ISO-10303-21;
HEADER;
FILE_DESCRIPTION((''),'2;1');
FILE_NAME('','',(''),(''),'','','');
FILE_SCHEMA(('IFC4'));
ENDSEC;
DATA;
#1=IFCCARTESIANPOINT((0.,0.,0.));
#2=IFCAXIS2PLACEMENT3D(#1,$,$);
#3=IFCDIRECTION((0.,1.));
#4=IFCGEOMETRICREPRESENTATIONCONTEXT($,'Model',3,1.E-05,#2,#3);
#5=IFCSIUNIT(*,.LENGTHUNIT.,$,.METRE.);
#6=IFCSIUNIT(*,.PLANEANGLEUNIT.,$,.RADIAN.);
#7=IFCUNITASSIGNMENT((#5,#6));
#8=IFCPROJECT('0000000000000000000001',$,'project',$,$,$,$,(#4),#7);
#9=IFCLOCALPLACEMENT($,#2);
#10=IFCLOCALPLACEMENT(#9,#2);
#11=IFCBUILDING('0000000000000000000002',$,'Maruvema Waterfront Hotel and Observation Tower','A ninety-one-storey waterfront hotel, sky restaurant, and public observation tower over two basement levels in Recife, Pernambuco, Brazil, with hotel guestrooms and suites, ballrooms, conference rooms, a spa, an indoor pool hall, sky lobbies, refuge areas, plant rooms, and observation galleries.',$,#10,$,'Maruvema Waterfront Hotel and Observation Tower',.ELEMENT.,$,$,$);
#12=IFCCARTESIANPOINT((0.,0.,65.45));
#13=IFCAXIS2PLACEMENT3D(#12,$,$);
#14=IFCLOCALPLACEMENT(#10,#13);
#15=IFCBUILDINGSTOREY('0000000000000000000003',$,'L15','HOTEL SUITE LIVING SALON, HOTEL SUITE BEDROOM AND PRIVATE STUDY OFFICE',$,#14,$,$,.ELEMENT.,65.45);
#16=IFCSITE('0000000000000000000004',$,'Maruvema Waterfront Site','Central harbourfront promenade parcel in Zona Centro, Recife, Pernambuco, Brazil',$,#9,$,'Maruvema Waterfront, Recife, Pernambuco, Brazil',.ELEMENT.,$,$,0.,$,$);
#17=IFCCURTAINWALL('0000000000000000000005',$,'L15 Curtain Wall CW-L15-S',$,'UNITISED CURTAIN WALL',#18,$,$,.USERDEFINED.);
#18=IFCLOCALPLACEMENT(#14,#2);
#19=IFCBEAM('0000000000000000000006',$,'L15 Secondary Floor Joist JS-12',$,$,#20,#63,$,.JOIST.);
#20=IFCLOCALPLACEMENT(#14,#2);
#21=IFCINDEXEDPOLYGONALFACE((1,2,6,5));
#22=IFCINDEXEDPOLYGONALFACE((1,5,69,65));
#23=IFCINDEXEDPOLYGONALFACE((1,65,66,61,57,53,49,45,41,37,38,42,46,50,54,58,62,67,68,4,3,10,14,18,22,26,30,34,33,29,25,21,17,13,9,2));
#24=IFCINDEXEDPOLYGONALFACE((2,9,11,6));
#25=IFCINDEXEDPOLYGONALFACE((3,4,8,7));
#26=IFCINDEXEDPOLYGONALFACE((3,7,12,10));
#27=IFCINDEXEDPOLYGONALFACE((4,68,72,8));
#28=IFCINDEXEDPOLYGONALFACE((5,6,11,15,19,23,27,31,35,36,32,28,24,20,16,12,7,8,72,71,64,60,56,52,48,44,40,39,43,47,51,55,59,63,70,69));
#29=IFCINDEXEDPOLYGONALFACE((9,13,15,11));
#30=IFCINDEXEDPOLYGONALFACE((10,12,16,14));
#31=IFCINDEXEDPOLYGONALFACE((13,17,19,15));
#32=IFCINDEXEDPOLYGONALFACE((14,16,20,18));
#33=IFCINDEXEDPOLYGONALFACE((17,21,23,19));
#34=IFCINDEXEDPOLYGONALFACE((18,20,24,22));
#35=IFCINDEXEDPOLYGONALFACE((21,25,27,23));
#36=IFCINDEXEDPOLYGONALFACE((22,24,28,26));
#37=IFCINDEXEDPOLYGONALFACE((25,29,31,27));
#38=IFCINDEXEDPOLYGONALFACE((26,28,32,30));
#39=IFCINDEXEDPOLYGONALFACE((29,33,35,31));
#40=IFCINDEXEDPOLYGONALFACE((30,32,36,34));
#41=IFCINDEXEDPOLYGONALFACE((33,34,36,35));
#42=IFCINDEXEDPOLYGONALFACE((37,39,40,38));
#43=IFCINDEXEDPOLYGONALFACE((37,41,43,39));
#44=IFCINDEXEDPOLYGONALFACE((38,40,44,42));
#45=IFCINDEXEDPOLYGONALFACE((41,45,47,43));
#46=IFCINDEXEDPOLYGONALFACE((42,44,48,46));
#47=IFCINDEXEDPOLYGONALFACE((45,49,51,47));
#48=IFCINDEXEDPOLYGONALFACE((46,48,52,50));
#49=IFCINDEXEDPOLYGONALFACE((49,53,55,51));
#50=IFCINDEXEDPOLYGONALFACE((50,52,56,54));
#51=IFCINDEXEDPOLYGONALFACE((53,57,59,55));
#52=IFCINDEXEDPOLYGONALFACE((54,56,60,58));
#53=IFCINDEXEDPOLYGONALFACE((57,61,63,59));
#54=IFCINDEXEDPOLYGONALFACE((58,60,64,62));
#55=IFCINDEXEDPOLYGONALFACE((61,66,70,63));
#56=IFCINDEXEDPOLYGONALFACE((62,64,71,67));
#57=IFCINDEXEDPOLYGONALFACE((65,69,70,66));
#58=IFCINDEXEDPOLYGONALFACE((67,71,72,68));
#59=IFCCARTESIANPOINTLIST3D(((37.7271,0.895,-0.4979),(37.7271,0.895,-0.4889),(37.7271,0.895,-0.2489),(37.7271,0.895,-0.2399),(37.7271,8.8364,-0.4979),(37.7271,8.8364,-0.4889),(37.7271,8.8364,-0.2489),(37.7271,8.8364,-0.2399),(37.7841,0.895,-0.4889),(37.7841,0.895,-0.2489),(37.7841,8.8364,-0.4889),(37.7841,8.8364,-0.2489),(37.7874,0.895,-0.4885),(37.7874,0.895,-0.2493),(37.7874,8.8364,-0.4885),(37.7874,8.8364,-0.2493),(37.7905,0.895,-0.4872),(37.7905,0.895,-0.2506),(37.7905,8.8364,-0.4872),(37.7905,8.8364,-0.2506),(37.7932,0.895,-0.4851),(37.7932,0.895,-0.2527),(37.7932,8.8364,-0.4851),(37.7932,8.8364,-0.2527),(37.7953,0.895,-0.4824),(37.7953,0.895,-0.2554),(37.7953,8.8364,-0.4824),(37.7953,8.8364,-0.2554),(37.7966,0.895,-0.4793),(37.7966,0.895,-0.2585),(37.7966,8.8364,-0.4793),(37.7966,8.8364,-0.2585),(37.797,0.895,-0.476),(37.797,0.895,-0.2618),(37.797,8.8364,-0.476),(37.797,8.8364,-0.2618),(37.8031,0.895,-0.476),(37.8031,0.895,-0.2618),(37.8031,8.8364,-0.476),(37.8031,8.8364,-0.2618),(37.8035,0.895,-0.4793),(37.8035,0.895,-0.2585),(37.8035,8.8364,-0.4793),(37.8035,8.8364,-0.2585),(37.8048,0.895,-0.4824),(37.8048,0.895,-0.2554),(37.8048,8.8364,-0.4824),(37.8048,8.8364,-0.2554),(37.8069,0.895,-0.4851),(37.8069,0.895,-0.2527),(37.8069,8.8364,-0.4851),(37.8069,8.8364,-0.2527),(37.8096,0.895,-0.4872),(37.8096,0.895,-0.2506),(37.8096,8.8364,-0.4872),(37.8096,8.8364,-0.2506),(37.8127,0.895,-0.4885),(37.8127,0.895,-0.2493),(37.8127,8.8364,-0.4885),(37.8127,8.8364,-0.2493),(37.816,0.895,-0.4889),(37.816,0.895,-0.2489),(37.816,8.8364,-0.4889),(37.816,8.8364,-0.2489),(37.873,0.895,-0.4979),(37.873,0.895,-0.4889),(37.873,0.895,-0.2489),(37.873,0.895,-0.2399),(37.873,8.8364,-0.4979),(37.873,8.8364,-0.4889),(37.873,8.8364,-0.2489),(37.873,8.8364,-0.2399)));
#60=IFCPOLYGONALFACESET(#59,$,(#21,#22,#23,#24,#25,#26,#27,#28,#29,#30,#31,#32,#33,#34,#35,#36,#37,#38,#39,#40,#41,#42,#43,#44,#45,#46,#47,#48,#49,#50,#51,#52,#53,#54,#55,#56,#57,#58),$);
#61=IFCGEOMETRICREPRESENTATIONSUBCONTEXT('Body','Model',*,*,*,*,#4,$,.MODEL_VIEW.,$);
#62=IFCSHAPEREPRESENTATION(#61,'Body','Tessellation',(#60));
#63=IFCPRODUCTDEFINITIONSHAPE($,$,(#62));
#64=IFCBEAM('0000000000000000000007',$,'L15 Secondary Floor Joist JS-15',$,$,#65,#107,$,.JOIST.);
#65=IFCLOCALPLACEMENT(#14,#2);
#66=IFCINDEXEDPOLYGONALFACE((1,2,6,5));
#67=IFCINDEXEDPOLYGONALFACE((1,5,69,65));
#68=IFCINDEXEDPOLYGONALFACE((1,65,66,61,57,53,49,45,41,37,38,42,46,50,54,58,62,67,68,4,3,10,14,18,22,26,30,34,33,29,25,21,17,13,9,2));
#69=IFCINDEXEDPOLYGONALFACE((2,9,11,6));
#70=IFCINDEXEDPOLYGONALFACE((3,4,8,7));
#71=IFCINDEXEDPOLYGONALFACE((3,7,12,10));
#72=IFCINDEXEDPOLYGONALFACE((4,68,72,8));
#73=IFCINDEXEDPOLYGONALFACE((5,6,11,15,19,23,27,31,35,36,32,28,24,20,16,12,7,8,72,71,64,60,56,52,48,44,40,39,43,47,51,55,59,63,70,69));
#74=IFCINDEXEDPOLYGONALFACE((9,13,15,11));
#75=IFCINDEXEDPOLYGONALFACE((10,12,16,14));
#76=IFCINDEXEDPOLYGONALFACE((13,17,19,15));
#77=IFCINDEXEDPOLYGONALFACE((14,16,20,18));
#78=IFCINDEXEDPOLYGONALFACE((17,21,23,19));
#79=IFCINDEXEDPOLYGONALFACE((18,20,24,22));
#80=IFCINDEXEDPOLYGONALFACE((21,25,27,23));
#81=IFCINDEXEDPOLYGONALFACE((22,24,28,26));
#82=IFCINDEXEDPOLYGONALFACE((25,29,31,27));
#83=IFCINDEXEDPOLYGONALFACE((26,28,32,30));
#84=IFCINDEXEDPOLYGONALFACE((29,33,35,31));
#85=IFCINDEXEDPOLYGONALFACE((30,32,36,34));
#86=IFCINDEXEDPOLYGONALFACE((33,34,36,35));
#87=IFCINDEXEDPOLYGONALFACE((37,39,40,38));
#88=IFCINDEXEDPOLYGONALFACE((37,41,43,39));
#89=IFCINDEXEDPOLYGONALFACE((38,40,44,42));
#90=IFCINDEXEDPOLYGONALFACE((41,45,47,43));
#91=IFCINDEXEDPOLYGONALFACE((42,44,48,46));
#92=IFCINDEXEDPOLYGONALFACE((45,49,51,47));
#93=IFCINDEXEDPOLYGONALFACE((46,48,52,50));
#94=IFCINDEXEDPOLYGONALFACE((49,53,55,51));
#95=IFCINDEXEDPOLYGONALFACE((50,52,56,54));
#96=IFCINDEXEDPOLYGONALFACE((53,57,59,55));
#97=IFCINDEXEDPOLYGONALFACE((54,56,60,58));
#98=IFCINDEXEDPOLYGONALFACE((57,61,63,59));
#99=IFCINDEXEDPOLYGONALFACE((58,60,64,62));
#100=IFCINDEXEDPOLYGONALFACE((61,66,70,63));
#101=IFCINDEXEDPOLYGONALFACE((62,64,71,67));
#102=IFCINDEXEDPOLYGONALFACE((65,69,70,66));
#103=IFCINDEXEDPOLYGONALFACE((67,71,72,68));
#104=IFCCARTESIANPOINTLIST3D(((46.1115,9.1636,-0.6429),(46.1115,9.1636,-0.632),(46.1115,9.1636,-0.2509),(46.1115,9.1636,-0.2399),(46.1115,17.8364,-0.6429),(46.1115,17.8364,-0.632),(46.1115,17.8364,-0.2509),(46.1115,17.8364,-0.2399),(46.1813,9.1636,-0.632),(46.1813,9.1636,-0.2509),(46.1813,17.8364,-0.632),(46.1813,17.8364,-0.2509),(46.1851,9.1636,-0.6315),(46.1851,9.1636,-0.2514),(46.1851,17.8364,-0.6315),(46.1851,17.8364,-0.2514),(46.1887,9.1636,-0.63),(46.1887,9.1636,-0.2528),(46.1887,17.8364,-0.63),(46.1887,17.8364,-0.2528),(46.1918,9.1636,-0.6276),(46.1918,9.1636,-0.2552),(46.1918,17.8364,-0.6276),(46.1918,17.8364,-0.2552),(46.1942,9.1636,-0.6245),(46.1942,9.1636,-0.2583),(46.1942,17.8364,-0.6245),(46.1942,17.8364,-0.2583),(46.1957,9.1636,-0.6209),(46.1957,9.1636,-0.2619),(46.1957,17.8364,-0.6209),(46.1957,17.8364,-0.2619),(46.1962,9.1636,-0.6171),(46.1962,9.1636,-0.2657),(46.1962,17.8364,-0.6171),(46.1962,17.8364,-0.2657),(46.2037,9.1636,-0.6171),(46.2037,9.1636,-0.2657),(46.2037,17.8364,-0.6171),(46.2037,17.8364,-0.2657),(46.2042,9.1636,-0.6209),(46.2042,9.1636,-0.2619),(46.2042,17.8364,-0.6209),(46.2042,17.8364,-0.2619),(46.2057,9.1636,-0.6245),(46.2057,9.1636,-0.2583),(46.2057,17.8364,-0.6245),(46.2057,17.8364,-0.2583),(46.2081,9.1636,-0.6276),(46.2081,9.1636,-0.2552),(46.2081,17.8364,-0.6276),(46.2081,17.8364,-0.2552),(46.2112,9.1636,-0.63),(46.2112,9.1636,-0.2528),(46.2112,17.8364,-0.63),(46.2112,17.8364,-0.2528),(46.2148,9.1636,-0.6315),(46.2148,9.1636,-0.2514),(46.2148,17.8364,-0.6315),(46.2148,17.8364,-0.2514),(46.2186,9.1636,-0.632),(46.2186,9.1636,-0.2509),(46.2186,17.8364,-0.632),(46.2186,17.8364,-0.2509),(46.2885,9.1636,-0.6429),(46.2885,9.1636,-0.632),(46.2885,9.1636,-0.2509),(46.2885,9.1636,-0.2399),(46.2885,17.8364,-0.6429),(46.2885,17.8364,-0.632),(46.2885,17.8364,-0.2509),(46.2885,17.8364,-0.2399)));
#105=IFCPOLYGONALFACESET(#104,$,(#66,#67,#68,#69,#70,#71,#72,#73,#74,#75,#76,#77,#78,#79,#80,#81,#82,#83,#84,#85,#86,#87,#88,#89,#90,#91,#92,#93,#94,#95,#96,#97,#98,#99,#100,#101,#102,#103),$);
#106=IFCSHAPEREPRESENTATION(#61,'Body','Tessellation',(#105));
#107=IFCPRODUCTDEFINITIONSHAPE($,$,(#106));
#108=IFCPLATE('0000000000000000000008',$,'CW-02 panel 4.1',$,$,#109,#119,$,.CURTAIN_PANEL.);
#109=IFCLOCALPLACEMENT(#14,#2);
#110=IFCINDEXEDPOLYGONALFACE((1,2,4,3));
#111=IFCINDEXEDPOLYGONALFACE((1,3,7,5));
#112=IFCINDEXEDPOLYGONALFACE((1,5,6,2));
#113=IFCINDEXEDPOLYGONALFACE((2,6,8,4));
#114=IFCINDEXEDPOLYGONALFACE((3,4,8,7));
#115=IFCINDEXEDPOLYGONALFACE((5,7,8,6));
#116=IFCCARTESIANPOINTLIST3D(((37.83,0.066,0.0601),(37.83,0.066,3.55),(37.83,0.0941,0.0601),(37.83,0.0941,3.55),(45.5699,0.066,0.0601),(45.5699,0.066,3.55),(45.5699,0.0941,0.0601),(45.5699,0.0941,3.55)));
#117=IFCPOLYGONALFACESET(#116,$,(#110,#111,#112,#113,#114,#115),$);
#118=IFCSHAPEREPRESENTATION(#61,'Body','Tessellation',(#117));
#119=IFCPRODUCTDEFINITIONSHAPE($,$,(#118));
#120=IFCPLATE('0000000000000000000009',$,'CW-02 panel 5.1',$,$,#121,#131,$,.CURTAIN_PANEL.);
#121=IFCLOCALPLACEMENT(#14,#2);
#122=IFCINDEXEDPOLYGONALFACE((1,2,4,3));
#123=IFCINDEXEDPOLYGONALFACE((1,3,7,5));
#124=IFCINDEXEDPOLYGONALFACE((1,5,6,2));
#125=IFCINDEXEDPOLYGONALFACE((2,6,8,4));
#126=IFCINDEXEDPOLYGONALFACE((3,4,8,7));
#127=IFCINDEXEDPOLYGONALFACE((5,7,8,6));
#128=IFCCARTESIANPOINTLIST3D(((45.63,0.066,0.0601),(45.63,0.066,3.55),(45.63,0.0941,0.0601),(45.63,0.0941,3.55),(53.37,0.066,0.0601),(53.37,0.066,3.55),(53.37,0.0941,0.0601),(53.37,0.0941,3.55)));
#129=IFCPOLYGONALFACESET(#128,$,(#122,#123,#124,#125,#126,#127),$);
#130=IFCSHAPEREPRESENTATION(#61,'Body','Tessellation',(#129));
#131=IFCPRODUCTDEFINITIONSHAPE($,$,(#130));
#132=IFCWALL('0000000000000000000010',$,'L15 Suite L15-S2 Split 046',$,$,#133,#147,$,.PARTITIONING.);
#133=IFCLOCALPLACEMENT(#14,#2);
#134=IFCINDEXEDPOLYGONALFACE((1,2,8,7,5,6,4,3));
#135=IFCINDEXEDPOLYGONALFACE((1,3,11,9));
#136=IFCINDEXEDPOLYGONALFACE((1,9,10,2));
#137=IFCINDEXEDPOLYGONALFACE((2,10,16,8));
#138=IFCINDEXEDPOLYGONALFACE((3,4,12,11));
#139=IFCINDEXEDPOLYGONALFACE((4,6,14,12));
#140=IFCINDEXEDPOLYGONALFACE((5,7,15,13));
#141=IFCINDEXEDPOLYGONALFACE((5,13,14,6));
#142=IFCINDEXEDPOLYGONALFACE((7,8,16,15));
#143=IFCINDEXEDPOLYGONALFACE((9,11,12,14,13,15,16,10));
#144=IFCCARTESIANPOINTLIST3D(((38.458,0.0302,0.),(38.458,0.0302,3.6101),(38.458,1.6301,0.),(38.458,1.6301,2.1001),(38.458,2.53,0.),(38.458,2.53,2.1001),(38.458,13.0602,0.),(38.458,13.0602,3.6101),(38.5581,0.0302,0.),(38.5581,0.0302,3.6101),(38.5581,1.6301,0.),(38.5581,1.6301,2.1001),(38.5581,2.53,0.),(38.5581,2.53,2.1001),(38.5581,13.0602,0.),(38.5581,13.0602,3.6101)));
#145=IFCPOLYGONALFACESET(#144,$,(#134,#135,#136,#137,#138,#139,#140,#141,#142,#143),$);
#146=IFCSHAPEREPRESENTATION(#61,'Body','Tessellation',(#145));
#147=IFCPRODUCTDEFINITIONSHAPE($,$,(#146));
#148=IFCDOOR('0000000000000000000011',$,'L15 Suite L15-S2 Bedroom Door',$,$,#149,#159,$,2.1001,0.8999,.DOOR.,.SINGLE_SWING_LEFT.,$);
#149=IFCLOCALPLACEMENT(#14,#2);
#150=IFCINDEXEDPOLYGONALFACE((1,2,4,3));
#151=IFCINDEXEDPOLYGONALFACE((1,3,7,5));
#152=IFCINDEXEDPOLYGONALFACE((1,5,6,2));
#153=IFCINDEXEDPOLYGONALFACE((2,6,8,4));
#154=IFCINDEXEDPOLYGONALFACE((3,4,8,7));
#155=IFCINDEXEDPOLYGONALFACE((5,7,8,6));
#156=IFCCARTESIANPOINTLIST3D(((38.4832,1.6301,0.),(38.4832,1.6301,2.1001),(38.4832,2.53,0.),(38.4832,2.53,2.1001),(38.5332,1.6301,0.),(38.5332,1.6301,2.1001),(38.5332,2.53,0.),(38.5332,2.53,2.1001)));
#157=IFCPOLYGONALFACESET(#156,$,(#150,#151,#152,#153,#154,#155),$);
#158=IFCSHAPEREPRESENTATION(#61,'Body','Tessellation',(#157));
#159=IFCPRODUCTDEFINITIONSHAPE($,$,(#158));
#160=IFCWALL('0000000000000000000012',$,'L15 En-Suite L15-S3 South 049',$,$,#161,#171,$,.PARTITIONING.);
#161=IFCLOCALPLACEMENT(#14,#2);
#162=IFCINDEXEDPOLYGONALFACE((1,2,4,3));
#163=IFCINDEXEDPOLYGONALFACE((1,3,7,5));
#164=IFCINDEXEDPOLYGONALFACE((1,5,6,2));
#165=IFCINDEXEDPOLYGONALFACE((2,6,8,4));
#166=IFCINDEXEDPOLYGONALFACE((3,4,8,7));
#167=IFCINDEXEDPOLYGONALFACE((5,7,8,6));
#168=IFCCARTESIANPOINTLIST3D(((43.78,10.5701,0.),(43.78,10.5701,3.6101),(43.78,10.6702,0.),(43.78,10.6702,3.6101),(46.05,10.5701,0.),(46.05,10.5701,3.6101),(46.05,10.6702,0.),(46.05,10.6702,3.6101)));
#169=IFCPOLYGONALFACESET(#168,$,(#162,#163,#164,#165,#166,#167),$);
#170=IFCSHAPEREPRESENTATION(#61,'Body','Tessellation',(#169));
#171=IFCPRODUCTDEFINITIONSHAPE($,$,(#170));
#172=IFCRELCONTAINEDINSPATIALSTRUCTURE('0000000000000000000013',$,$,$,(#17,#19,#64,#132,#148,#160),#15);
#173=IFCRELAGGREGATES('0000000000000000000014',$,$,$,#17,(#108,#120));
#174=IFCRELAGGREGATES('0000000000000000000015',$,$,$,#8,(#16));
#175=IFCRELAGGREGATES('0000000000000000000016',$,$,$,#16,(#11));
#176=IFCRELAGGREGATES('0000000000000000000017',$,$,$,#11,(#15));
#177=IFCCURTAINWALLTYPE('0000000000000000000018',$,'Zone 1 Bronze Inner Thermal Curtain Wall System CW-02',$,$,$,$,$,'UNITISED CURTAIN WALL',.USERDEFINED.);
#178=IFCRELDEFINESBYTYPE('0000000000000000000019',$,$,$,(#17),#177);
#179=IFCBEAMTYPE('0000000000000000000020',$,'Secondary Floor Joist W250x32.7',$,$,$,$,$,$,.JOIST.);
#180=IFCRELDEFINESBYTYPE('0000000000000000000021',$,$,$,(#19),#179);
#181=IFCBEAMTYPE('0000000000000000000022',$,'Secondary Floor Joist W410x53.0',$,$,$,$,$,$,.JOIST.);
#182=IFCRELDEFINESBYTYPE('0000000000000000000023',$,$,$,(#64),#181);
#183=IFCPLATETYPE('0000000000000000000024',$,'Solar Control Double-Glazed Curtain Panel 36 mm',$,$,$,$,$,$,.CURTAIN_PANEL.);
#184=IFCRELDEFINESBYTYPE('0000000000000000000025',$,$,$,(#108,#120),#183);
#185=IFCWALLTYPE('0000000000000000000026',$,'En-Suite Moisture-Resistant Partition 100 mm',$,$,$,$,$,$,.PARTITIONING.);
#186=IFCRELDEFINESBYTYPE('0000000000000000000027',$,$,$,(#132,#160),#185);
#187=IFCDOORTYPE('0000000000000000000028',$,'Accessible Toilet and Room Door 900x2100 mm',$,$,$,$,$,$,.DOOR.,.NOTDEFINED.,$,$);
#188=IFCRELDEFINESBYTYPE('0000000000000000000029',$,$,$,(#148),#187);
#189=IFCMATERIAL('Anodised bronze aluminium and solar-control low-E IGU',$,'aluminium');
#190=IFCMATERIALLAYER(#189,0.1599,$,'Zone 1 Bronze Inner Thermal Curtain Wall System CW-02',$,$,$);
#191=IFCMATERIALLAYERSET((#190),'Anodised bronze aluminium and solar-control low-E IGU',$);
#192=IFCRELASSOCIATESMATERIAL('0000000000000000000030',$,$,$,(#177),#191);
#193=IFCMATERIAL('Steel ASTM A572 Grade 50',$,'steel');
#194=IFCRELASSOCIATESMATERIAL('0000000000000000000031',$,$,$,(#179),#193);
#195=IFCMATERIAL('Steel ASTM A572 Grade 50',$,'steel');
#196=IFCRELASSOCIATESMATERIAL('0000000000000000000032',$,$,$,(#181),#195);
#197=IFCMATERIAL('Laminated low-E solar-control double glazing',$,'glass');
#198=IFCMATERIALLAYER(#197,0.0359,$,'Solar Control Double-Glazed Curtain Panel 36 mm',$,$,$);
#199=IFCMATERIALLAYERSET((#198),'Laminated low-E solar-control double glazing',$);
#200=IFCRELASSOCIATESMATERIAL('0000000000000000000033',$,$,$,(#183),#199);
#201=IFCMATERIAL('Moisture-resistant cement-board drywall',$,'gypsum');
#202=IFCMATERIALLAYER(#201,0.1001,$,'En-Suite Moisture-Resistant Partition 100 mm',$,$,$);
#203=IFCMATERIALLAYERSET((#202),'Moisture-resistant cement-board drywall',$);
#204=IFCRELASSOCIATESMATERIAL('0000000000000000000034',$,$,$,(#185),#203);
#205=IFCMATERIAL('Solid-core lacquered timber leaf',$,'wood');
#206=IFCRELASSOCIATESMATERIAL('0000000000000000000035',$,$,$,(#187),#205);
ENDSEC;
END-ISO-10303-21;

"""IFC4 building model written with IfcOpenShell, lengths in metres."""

from ifc_helpers import new_model, si_unit, direction, frame, frame_2d, origin, origin_2d, place, context, subcontext, project, spatial, rectangle, i_section, extrude, material, layer, layer_set, material_profile, profile_set, type_object, element, fill, aggregate, save


model = new_model("IFC4")

# Units and contexts
model_context = context("Model", 3, precision=1e-05, world=origin(), true_north=direction((0.0, 1.0)))
body_context = subcontext(model_context, "Body", "Model", "MODEL_VIEW")
ifc_project = project(units=[si_unit("LENGTHUNIT", "METRE"), si_unit("PLANEANGLEUNIT", "RADIAN")], contexts=[model_context])

# Site, building, storey
site_placement = place(None, origin())
site = spatial("IfcSite", under=ifc_project, at=site_placement, Name="Maruvema Waterfront Site", Description="Central harbourfront promenade parcel in Zona Centro, Recife, Pernambuco, Brazil", LongName="Maruvema Waterfront, Recife, Pernambuco, Brazil", CompositionType="ELEMENT", RefElevation=0.0)
building_placement = place(site_placement, origin())
building = spatial("IfcBuilding", under=site, at=building_placement, Name="Maruvema Waterfront Hotel and Observation Tower", Description="A ninety-one-storey waterfront hotel, sky restaurant, and public observation tower over two basement levels in Recife, Pernambuco, Brazil, with hotel guestrooms and suites, ballrooms, conference rooms, a spa, an indoor pool hall, sky lobbies, refuge areas, plant rooms, and observation galleries.", LongName="Maruvema Waterfront Hotel and Observation Tower", CompositionType="ELEMENT")
storey_placement = place(building_placement, frame((0.0, 0.0, 65.45)))
storey = spatial("IfcBuildingStorey", under=building, at=storey_placement, Name="L15", Description="HOTEL SUITE LIVING SALON, HOTEL SUITE BEDROOM AND PRIVATE STUDY OFFICE", CompositionType="ELEMENT", Elevation=65.45)

# Curtain wall
ifc_material_1 = material(Name="Anodised bronze aluminium and solar-control low-E IGU", Category="aluminium")
ifc_layer_1 = layer(ifc_material_1, 0.1599, Name="Zone 1 Bronze Inner Thermal Curtain Wall System CW-02")
ifc_layer_set_1 = layer_set([ifc_layer_1], Name="Anodised bronze aluminium and solar-control low-E IGU")
curtain_wall_type = type_object("IfcCurtainWallType", Name="Zone 1 Bronze Inner Thermal Curtain Wall System CW-02", ElementType="UNITISED CURTAIN WALL", PredefinedType="USERDEFINED", material=ifc_layer_set_1)
curtain_wall_placement = place(storey_placement, origin())
curtain_wall = element("IfcCurtainWall", 1, at=curtain_wall_placement, inside=storey, type_object=curtain_wall_type, Name="L15 Curtain Wall CW-L15-S", ObjectType="UNITISED CURTAIN WALL", PredefinedType="USERDEFINED")

# Beams
ifc_material_2 = material(Name="Steel ASTM A572 Grade 50", Category="steel")
ifc_material_profile_1 = material_profile(ifc_material_2, i_section(OverallWidth=0.146, OverallDepth=0.2581, WebThickness=0.0061, FlangeThickness=0.009, FilletRadius=0.0129, at=origin_2d()), Name="W250x32.7")
ifc_profile_set_1 = profile_set([ifc_material_profile_1], Name="Steel ASTM A572 Grade 50")
beam_type_1 = type_object("IfcBeamType", Name="Secondary Floor Joist W250x32.7", PredefinedType="JOIST", material=ifc_profile_set_1)
beam_1_placement = place(storey_placement, frame((37.8, 0.895, -0.3689), z_axis=(0.0, 1.0, 0.0), x_axis=(-1.0, 0.0, 0.0)))
element("IfcBeam", 2, at=beam_1_placement, inside=storey, type_object=beam_type_1, Name="L15 Secondary Floor Joist JS-12", PredefinedType="JOIST", context=body_context, shape_type="SweptSolid", body=[
    extrude(i_section(OverallWidth=0.146, OverallDepth=0.2581, WebThickness=0.0061, FlangeThickness=0.009, FilletRadius=0.0129, at=origin_2d()), origin(), (0.0, 0.0, 1.0), 7.9414),
])
ifc_material_3 = material(Name="Steel ASTM A572 Grade 50", Category="steel")
ifc_material_profile_2 = material_profile(ifc_material_3, i_section(OverallWidth=0.177, OverallDepth=0.4031, WebThickness=0.0076, FlangeThickness=0.011, FilletRadius=0.0149, at=origin_2d()), Name="W410x53.0")
ifc_profile_set_2 = profile_set([ifc_material_profile_2], Name="Steel ASTM A572 Grade 50")
beam_type_2 = type_object("IfcBeamType", Name="Secondary Floor Joist W410x53.0", PredefinedType="JOIST", material=ifc_profile_set_2)
beam_2_placement = place(storey_placement, frame((46.2, 9.1636, -0.4414), z_axis=(0.0, 1.0, 0.0), x_axis=(-1.0, 0.0, 0.0)))
element("IfcBeam", 3, at=beam_2_placement, inside=storey, type_object=beam_type_2, Name="L15 Secondary Floor Joist JS-15", PredefinedType="JOIST", context=body_context, shape_type="SweptSolid", body=[
    extrude(i_section(OverallWidth=0.177, OverallDepth=0.4031, WebThickness=0.0076, FlangeThickness=0.011, FilletRadius=0.0149, at=origin_2d()), origin(), (0.0, 0.0, 1.0), 8.6729),
])

# Plates
ifc_material_4 = material(Name="Laminated low-E solar-control double glazing", Category="glass")
ifc_layer_2 = layer(ifc_material_4, 0.0359, Name="Solar Control Double-Glazed Curtain Panel 36 mm")
ifc_layer_set_2 = layer_set([ifc_layer_2], Name="Laminated low-E solar-control double glazing")
plate_type = type_object("IfcPlateType", Name="Solar Control Double-Glazed Curtain Panel 36 mm", PredefinedType="CURTAIN_PANEL", material=ifc_layer_set_2)
plate_1_placement = place(storey_placement, frame((41.7, 0.0801, 0.0601), z_axis=(0.0, 0.0, 1.0), x_axis=(1.0, 0.0, 0.0)))
plate_1 = element("IfcPlate", 4, at=plate_1_placement, type_object=plate_type, Name="CW-02 panel 4.1", PredefinedType="CURTAIN_PANEL", context=body_context, shape_type="SweptSolid", body=[
    extrude(rectangle(XDim=7.74, YDim=0.0281, at=origin_2d()), origin(), (0.0, 0.0, 1.0), 3.49),
])
plate_2_placement = place(storey_placement, frame((49.5, 0.0801, 0.0601), z_axis=(0.0, 0.0, 1.0), x_axis=(1.0, 0.0, 0.0)))
plate_2 = element("IfcPlate", 5, at=plate_2_placement, type_object=plate_type, Name="CW-02 panel 5.1", PredefinedType="CURTAIN_PANEL", context=body_context, shape_type="SweptSolid", body=[
    extrude(rectangle(XDim=7.74, YDim=0.0281, at=origin_2d()), origin(), (0.0, 0.0, 1.0), 3.49),
])
aggregate(curtain_wall, [plate_1, plate_2])

# Wall, opening, door
ifc_material_5 = material(Name="Moisture-resistant cement-board drywall", Category="gypsum")
ifc_layer_3 = layer(ifc_material_5, 0.1001, Name="En-Suite Moisture-Resistant Partition 100 mm")
ifc_layer_set_3 = layer_set([ifc_layer_3], Name="Moisture-resistant cement-board drywall")
wall_type_1 = type_object("IfcWallType", Name="En-Suite Moisture-Resistant Partition 100 mm", PredefinedType="PARTITIONING", material=ifc_layer_set_3)
wall_1_placement = place(storey_placement, frame((38.5081, 0.03, 0.0), z_axis=(0.0, 0.0, 1.0), x_axis=(0.0, 1.0, 0.0)))
wall_1 = element("IfcWall", 6, at=wall_1_placement, inside=storey, type_object=wall_type_1, Name="L15 Suite L15-S2 Split 046", PredefinedType="PARTITIONING", context=body_context, shape_type="SweptSolid", body=[
    extrude(rectangle(XDim=13.03, YDim=0.1001, at=frame_2d((6.5151, 0.0))), origin(), (0.0, 0.0, 1.0), 3.6101),
])
opening_1_placement = place(wall_1_placement, frame((1.6001, 0.0, 0.0)))
opening_1 = element("IfcOpeningElement", 7, at=opening_1_placement, cuts=wall_1, PredefinedType="OPENING", context=body_context, shape_type="SweptSolid", body=[
    extrude(rectangle(XDim=0.8999, YDim=2.1001, at=frame_2d((0.45, 1.05))), frame((0.0, 0.0601, 0.0), z_axis=(0.0, -1.0, 0.0), x_axis=(1.0, 0.0, 0.0)), (0.0, 0.0, 1.0), 0.1201),
])
ifc_material_6 = material(Name="Solid-core lacquered timber leaf", Category="wood")
door_type_1 = type_object("IfcDoorType", Name="Accessible Toilet and Room Door 900x2100 mm", OperationType="NOTDEFINED", PredefinedType="DOOR", material=ifc_material_6)
door_1_placement = place(opening_1_placement, origin())
door_1 = element("IfcDoor", 8, at=door_1_placement, inside=storey, type_object=door_type_1, Name="L15 Suite L15-S2 Bedroom Door", OperationType="SINGLE_SWING_LEFT", OverallHeight=2.1001, OverallWidth=0.8999, PredefinedType="DOOR", context=body_context, shape_type="SweptSolid", body=[
    extrude(rectangle(XDim=0.8999, YDim=2.1001, at=frame_2d((0.45, 1.05))), frame((0.0, 0.0249, 0.0), z_axis=(0.0, -1.0, 0.0), x_axis=(1.0, 0.0, 0.0)), (0.0, 0.0, 1.0), 0.05),
])
fill(opening_1, door_1)

# Wall
wall_2_placement = place(storey_placement, frame((43.78, 10.6201, 0.0), z_axis=(0.0, 0.0, 1.0), x_axis=(1.0, 0.0, 0.0)))
element("IfcWall", 9, at=wall_2_placement, inside=storey, type_object=wall_type_1, Name="L15 En-Suite L15-S3 South 049", PredefinedType="PARTITIONING", context=body_context, shape_type="SweptSolid", body=[
    extrude(rectangle(XDim=2.27, YDim=0.1001, at=frame_2d((1.135, 0.0))), origin(), (0.0, 0.0, 1.0), 3.6101),
])

save(model, "model.ifc")
